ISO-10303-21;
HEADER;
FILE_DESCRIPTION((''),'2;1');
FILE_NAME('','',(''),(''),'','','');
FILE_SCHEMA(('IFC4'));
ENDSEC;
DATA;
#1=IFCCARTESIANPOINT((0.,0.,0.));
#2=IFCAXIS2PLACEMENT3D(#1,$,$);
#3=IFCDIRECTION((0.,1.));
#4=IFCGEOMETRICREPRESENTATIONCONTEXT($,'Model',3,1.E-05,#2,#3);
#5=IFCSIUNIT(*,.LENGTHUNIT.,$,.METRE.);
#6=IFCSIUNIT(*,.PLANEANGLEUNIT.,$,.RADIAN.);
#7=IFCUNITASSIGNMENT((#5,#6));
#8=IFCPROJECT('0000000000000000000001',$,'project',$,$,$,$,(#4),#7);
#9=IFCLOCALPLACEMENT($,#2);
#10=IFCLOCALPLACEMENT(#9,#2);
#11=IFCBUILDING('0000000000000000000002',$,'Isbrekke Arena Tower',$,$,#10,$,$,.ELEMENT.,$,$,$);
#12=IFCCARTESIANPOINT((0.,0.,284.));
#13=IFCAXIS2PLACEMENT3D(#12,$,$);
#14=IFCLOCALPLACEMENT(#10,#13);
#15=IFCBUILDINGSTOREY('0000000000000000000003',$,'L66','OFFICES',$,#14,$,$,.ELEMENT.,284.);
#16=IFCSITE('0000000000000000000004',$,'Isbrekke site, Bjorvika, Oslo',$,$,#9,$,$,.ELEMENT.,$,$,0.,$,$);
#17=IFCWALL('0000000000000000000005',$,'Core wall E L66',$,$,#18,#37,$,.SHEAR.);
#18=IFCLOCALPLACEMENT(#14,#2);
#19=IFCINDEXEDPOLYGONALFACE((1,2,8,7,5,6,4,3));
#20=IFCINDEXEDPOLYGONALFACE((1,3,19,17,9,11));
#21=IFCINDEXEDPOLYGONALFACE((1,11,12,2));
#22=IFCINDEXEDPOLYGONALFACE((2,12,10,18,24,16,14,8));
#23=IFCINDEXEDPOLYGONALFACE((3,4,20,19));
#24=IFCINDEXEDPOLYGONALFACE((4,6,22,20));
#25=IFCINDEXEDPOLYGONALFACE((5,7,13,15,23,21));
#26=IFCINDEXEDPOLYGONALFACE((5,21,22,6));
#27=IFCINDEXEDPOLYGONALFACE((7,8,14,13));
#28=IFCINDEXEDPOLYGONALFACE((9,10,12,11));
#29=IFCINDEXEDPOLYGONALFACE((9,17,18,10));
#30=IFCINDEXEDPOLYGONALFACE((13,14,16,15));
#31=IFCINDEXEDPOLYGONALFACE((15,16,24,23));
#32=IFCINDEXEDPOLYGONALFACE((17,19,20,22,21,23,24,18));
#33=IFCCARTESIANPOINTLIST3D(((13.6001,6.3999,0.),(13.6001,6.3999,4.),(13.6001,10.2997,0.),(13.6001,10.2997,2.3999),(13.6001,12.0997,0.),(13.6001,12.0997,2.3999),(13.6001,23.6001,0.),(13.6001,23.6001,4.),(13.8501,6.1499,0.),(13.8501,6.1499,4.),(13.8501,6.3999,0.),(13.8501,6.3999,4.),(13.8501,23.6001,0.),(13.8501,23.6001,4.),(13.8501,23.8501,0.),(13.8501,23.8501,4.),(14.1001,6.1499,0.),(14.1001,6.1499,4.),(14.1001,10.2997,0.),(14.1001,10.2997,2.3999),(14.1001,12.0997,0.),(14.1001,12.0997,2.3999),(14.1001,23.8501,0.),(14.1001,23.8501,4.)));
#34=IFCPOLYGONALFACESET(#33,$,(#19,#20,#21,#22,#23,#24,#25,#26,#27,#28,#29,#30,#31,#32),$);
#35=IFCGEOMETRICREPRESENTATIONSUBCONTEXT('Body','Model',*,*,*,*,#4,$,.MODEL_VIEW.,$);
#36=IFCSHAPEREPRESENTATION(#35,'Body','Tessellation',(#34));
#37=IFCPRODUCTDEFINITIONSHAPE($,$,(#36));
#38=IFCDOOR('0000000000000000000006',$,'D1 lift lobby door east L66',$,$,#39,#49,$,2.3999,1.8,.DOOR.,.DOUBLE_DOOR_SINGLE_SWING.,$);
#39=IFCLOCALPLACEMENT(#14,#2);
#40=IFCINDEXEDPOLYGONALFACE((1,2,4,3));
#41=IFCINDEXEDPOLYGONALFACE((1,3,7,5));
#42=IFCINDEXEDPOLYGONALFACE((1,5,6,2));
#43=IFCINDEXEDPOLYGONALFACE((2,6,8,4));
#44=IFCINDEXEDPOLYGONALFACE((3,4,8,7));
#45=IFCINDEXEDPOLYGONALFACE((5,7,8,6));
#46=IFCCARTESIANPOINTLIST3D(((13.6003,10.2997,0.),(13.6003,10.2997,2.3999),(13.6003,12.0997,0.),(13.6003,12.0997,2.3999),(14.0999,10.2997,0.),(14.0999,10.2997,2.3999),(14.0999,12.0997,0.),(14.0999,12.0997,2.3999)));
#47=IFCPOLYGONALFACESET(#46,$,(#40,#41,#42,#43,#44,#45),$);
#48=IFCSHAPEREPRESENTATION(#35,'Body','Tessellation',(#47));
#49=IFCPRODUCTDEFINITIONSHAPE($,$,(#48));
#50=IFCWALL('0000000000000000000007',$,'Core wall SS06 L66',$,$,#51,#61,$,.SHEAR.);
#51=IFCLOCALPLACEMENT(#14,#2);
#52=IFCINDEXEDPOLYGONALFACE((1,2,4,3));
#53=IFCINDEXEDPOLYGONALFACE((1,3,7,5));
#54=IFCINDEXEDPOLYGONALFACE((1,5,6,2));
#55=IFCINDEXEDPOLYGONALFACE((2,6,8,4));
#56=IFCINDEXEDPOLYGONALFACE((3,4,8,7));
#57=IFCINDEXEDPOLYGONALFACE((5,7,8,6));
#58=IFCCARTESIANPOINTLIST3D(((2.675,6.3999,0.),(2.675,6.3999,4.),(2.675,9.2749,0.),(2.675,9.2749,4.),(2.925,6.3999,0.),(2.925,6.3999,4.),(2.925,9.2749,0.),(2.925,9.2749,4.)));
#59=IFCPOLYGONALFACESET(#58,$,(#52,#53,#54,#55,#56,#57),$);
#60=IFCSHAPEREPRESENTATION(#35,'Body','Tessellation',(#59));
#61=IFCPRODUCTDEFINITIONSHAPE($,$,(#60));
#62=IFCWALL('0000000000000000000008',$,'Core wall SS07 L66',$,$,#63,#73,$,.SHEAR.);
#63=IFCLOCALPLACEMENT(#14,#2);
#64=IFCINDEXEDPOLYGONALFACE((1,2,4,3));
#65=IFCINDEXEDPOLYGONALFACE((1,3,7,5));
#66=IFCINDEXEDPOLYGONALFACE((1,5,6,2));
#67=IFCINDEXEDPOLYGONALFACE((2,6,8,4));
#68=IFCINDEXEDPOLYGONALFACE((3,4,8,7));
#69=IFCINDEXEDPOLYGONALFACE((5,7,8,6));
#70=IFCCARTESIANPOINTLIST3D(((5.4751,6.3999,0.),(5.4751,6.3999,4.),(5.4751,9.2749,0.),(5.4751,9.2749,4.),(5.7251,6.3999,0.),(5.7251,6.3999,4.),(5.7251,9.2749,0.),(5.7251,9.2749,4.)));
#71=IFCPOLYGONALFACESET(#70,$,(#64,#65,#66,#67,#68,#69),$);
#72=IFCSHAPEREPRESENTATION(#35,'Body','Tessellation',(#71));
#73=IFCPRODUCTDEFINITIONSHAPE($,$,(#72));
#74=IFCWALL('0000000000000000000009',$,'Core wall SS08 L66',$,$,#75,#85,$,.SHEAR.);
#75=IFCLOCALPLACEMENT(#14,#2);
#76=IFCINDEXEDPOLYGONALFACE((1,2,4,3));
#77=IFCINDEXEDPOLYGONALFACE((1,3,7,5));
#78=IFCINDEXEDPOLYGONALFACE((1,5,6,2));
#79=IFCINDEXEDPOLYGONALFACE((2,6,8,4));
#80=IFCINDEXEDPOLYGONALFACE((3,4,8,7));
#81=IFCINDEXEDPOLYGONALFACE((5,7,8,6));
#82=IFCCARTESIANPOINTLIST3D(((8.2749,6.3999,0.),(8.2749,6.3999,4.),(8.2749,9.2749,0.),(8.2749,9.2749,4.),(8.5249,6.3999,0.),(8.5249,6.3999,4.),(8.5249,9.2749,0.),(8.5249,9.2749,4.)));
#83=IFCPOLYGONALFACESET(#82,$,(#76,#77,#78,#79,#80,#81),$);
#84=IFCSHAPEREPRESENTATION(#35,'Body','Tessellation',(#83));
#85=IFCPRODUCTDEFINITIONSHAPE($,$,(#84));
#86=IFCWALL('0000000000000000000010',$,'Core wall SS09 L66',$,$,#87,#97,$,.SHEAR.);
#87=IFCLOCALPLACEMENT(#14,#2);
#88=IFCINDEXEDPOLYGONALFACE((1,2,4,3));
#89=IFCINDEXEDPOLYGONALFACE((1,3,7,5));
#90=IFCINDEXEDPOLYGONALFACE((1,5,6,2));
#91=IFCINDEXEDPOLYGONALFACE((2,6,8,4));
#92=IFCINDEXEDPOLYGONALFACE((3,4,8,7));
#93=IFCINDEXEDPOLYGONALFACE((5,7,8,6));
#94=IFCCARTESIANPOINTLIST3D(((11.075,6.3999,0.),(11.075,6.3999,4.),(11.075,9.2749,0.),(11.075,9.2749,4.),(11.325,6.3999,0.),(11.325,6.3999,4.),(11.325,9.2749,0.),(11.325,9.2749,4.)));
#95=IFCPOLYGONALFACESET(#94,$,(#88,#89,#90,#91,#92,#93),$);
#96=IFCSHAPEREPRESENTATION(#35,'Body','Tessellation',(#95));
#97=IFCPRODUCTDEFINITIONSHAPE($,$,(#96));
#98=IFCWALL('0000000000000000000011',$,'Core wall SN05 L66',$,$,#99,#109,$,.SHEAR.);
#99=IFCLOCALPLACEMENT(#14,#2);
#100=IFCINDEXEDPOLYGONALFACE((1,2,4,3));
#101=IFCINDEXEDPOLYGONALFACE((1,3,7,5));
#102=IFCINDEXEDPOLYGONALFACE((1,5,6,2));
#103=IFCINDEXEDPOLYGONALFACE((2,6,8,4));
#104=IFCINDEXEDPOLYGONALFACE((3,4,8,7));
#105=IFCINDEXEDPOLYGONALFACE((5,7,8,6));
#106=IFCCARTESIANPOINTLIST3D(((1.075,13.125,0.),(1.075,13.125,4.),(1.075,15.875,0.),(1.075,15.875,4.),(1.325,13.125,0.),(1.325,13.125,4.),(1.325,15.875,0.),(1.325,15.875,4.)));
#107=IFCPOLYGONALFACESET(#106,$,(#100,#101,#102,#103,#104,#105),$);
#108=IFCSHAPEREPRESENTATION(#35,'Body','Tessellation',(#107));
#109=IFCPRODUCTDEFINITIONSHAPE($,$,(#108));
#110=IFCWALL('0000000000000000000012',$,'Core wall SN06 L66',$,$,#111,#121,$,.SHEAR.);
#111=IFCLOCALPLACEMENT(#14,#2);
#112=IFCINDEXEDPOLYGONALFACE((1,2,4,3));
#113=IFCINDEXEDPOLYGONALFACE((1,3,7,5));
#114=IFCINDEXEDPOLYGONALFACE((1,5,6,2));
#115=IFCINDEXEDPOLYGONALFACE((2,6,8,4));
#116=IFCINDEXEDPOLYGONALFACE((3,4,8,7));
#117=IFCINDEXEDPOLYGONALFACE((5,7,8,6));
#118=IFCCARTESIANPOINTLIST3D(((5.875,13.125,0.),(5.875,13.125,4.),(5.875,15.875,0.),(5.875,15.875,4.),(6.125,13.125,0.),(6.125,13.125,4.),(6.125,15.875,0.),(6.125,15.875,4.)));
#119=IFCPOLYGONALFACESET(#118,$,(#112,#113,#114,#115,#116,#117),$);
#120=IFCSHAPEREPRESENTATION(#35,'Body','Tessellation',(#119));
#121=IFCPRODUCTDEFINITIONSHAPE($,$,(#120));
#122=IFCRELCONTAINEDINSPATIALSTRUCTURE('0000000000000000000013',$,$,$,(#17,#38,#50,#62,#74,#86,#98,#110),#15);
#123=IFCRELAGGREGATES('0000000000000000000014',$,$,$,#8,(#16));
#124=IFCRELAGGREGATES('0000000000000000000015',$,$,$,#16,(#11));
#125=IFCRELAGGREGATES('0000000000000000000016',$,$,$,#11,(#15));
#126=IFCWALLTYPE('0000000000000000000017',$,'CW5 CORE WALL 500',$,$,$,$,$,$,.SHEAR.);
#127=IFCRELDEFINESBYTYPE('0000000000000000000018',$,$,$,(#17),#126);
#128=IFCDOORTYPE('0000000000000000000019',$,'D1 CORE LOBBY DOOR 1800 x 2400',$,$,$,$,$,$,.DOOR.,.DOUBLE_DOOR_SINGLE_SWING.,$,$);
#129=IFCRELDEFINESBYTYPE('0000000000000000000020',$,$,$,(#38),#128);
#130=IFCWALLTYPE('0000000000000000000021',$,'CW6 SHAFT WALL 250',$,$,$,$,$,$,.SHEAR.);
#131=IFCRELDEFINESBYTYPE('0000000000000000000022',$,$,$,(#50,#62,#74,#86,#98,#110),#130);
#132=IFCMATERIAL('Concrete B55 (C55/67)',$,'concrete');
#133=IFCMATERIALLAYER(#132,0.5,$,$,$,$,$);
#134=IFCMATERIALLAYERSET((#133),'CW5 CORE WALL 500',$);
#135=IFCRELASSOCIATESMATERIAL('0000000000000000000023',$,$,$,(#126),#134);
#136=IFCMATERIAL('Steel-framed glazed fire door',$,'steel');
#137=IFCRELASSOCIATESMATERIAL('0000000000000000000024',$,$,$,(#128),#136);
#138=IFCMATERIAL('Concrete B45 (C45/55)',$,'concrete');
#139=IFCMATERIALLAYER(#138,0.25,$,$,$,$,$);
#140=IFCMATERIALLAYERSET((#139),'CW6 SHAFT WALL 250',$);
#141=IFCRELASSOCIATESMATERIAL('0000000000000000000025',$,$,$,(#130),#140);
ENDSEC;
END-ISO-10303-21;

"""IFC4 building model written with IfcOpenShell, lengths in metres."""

from ifc_helpers import new_model, si_unit, direction, frame, frame_2d, origin, place, context, subcontext, project, spatial, polyline, rectangle, outline, extrude, material, layer, layer_set, type_object, element, fill, save


model = new_model("IFC4")

# Units and contexts
model_context = context("Model", 3, precision=1e-05, world=origin(), true_north=direction((0.0, 1.0)))
body_context = subcontext(model_context, "Body", "Model", "MODEL_VIEW")
ifc_project = project(units=[si_unit("LENGTHUNIT", "METRE"), si_unit("PLANEANGLEUNIT", "RADIAN")], contexts=[model_context])

# Site, building, storey
site_placement = place(None, origin())
site = spatial("IfcSite", under=ifc_project, at=site_placement, Name="Isbrekke site, Bjorvika, Oslo", CompositionType="ELEMENT", RefElevation=0.0)
building_placement = place(site_placement, origin())
building = spatial("IfcBuilding", under=site, at=building_placement, Name="Isbrekke Arena Tower", CompositionType="ELEMENT")
storey_placement = place(building_placement, frame((0.0, 0.0, 284.0)))
storey = spatial("IfcBuildingStorey", under=building, at=storey_placement, Name="L66", Description="OFFICES", CompositionType="ELEMENT", Elevation=284.0)

# Wall, opening, door
ifc_material_1 = material(Name="Concrete B55 (C55/67)", Category="concrete")
ifc_layer_1 = layer(ifc_material_1, 0.5)
ifc_layer_set_1 = layer_set([ifc_layer_1], Name="CW5 CORE WALL 500")
wall_type_1 = type_object("IfcWallType", Name="CW5 CORE WALL 500", PredefinedType="SHEAR", material=ifc_layer_set_1)
wall_1_placement = place(storey_placement, frame((13.8501, 6.1499, 0.0), z_axis=(0.0, 0.0, 1.0), x_axis=(0.0, 1.0, 0.0)))
wall_1 = element("IfcWall", 1, at=wall_1_placement, inside=storey, type_object=wall_type_1, Name="Core wall E L66", PredefinedType="SHEAR", context=body_context, shape_type="SweptSolid", body=[
    extrude(outline(polyline([(0.0, -0.25), (17.7002, -0.25), (17.7002, 0.0), (17.4502, 0.0), (17.4502, 0.25), (0.25, 0.25), (0.25, 0.0), (0.0, 0.0), (0.0, -0.25)])), origin(), (0.0, 0.0, 1.0), 4.0),
])
opening_1_placement = place(wall_1_placement, frame((4.1499, 0.0, 0.0)))
opening_1 = element("IfcOpeningElement", 2, at=opening_1_placement, cuts=wall_1, PredefinedType="OPENING", context=body_context, shape_type="SweptSolid", body=[
    extrude(rectangle(XDim=1.8, YDim=2.3999, at=frame_2d((0.8999, 1.2))), frame((0.0, 0.2649, 0.0), z_axis=(0.0, -1.0, 0.0), x_axis=(1.0, 0.0, 0.0)), (0.0, 0.0, 1.0), 0.5298),
])
ifc_material_2 = material(Name="Steel-framed glazed fire door", Category="steel")
door_type_1 = type_object("IfcDoorType", Name="D1 CORE LOBBY DOOR 1800 x 2400", OperationType="DOUBLE_DOOR_SINGLE_SWING", PredefinedType="DOOR", material=ifc_material_2)
door_1_placement = place(opening_1_placement, origin())
door_1 = element("IfcDoor", 3, at=door_1_placement, inside=storey, type_object=door_type_1, Name="D1 lift lobby door east L66", OperationType="DOUBLE_DOOR_SINGLE_SWING", OverallHeight=2.3999, OverallWidth=1.8, PredefinedType="DOOR", context=body_context, shape_type="SweptSolid", body=[
    extrude(rectangle(XDim=1.8, YDim=2.3999, at=frame_2d((0.8999, 1.2))), frame((0.0, 0.2498, 0.0), z_axis=(0.0, -1.0, 0.0), x_axis=(1.0, 0.0, 0.0)), (0.0, 0.0, 1.0), 0.4995),
])
fill(opening_1, door_1)

# Walls
ifc_material_3 = material(Name="Concrete B45 (C45/55)", Category="concrete")
ifc_layer_2 = layer(ifc_material_3, 0.25)
ifc_layer_set_2 = layer_set([ifc_layer_2], Name="CW6 SHAFT WALL 250")
wall_type_2 = type_object("IfcWallType", Name="CW6 SHAFT WALL 250", PredefinedType="SHEAR", material=ifc_layer_set_2)
for number, where, z_axis, x_axis, name in (
    (4, (2.8, 6.3999, 0.0), (0.0, 0.0, 1.0), (0.0, 1.0, 0.0), "Core wall SS06 L66"),
    (5, (5.6001, 6.3999, 0.0), (0.0, 0.0, 1.0), (0.0, 1.0, 0.0), "Core wall SS07 L66"),
    (6, (8.3999, 6.3999, 0.0), (0.0, 0.0, 1.0), (0.0, 1.0, 0.0), "Core wall SS08 L66"),
    (7, (11.2, 6.3999, 0.0), (0.0, 0.0, 1.0), (0.0, 1.0, 0.0), "Core wall SS09 L66"),
):
    element("IfcWall", number, at=place(storey_placement, frame(where, z_axis=z_axis, x_axis=x_axis)), inside=storey, type_object=wall_type_2, Name=name, PredefinedType="SHEAR", context=body_context, shape_type="SweptSolid", body=[
        extrude(rectangle(XDim=2.875, YDim=0.25, at=frame_2d((1.4375, 0.0))), origin(), (0.0, 0.0, 1.0), 4.0),
    ])
for number, where, z_axis, x_axis, name in (
    (8, (1.2, 13.125, 0.0), (0.0, 0.0, 1.0), (0.0, 1.0, 0.0), "Core wall SN05 L66"),
    (9, (6.0, 13.125, 0.0), (0.0, 0.0, 1.0), (0.0, 1.0, 0.0), "Core wall SN06 L66"),
):
    element("IfcWall", number, at=place(storey_placement, frame(where, z_axis=z_axis, x_axis=x_axis)), inside=storey, type_object=wall_type_2, Name=name, PredefinedType="SHEAR", context=body_context, shape_type="SweptSolid", body=[
        extrude(rectangle(XDim=2.75, YDim=0.25, at=frame_2d((1.375, 0.0))), origin(), (0.0, 0.0, 1.0), 4.0),
    ])

save(model, "model.ifc")
